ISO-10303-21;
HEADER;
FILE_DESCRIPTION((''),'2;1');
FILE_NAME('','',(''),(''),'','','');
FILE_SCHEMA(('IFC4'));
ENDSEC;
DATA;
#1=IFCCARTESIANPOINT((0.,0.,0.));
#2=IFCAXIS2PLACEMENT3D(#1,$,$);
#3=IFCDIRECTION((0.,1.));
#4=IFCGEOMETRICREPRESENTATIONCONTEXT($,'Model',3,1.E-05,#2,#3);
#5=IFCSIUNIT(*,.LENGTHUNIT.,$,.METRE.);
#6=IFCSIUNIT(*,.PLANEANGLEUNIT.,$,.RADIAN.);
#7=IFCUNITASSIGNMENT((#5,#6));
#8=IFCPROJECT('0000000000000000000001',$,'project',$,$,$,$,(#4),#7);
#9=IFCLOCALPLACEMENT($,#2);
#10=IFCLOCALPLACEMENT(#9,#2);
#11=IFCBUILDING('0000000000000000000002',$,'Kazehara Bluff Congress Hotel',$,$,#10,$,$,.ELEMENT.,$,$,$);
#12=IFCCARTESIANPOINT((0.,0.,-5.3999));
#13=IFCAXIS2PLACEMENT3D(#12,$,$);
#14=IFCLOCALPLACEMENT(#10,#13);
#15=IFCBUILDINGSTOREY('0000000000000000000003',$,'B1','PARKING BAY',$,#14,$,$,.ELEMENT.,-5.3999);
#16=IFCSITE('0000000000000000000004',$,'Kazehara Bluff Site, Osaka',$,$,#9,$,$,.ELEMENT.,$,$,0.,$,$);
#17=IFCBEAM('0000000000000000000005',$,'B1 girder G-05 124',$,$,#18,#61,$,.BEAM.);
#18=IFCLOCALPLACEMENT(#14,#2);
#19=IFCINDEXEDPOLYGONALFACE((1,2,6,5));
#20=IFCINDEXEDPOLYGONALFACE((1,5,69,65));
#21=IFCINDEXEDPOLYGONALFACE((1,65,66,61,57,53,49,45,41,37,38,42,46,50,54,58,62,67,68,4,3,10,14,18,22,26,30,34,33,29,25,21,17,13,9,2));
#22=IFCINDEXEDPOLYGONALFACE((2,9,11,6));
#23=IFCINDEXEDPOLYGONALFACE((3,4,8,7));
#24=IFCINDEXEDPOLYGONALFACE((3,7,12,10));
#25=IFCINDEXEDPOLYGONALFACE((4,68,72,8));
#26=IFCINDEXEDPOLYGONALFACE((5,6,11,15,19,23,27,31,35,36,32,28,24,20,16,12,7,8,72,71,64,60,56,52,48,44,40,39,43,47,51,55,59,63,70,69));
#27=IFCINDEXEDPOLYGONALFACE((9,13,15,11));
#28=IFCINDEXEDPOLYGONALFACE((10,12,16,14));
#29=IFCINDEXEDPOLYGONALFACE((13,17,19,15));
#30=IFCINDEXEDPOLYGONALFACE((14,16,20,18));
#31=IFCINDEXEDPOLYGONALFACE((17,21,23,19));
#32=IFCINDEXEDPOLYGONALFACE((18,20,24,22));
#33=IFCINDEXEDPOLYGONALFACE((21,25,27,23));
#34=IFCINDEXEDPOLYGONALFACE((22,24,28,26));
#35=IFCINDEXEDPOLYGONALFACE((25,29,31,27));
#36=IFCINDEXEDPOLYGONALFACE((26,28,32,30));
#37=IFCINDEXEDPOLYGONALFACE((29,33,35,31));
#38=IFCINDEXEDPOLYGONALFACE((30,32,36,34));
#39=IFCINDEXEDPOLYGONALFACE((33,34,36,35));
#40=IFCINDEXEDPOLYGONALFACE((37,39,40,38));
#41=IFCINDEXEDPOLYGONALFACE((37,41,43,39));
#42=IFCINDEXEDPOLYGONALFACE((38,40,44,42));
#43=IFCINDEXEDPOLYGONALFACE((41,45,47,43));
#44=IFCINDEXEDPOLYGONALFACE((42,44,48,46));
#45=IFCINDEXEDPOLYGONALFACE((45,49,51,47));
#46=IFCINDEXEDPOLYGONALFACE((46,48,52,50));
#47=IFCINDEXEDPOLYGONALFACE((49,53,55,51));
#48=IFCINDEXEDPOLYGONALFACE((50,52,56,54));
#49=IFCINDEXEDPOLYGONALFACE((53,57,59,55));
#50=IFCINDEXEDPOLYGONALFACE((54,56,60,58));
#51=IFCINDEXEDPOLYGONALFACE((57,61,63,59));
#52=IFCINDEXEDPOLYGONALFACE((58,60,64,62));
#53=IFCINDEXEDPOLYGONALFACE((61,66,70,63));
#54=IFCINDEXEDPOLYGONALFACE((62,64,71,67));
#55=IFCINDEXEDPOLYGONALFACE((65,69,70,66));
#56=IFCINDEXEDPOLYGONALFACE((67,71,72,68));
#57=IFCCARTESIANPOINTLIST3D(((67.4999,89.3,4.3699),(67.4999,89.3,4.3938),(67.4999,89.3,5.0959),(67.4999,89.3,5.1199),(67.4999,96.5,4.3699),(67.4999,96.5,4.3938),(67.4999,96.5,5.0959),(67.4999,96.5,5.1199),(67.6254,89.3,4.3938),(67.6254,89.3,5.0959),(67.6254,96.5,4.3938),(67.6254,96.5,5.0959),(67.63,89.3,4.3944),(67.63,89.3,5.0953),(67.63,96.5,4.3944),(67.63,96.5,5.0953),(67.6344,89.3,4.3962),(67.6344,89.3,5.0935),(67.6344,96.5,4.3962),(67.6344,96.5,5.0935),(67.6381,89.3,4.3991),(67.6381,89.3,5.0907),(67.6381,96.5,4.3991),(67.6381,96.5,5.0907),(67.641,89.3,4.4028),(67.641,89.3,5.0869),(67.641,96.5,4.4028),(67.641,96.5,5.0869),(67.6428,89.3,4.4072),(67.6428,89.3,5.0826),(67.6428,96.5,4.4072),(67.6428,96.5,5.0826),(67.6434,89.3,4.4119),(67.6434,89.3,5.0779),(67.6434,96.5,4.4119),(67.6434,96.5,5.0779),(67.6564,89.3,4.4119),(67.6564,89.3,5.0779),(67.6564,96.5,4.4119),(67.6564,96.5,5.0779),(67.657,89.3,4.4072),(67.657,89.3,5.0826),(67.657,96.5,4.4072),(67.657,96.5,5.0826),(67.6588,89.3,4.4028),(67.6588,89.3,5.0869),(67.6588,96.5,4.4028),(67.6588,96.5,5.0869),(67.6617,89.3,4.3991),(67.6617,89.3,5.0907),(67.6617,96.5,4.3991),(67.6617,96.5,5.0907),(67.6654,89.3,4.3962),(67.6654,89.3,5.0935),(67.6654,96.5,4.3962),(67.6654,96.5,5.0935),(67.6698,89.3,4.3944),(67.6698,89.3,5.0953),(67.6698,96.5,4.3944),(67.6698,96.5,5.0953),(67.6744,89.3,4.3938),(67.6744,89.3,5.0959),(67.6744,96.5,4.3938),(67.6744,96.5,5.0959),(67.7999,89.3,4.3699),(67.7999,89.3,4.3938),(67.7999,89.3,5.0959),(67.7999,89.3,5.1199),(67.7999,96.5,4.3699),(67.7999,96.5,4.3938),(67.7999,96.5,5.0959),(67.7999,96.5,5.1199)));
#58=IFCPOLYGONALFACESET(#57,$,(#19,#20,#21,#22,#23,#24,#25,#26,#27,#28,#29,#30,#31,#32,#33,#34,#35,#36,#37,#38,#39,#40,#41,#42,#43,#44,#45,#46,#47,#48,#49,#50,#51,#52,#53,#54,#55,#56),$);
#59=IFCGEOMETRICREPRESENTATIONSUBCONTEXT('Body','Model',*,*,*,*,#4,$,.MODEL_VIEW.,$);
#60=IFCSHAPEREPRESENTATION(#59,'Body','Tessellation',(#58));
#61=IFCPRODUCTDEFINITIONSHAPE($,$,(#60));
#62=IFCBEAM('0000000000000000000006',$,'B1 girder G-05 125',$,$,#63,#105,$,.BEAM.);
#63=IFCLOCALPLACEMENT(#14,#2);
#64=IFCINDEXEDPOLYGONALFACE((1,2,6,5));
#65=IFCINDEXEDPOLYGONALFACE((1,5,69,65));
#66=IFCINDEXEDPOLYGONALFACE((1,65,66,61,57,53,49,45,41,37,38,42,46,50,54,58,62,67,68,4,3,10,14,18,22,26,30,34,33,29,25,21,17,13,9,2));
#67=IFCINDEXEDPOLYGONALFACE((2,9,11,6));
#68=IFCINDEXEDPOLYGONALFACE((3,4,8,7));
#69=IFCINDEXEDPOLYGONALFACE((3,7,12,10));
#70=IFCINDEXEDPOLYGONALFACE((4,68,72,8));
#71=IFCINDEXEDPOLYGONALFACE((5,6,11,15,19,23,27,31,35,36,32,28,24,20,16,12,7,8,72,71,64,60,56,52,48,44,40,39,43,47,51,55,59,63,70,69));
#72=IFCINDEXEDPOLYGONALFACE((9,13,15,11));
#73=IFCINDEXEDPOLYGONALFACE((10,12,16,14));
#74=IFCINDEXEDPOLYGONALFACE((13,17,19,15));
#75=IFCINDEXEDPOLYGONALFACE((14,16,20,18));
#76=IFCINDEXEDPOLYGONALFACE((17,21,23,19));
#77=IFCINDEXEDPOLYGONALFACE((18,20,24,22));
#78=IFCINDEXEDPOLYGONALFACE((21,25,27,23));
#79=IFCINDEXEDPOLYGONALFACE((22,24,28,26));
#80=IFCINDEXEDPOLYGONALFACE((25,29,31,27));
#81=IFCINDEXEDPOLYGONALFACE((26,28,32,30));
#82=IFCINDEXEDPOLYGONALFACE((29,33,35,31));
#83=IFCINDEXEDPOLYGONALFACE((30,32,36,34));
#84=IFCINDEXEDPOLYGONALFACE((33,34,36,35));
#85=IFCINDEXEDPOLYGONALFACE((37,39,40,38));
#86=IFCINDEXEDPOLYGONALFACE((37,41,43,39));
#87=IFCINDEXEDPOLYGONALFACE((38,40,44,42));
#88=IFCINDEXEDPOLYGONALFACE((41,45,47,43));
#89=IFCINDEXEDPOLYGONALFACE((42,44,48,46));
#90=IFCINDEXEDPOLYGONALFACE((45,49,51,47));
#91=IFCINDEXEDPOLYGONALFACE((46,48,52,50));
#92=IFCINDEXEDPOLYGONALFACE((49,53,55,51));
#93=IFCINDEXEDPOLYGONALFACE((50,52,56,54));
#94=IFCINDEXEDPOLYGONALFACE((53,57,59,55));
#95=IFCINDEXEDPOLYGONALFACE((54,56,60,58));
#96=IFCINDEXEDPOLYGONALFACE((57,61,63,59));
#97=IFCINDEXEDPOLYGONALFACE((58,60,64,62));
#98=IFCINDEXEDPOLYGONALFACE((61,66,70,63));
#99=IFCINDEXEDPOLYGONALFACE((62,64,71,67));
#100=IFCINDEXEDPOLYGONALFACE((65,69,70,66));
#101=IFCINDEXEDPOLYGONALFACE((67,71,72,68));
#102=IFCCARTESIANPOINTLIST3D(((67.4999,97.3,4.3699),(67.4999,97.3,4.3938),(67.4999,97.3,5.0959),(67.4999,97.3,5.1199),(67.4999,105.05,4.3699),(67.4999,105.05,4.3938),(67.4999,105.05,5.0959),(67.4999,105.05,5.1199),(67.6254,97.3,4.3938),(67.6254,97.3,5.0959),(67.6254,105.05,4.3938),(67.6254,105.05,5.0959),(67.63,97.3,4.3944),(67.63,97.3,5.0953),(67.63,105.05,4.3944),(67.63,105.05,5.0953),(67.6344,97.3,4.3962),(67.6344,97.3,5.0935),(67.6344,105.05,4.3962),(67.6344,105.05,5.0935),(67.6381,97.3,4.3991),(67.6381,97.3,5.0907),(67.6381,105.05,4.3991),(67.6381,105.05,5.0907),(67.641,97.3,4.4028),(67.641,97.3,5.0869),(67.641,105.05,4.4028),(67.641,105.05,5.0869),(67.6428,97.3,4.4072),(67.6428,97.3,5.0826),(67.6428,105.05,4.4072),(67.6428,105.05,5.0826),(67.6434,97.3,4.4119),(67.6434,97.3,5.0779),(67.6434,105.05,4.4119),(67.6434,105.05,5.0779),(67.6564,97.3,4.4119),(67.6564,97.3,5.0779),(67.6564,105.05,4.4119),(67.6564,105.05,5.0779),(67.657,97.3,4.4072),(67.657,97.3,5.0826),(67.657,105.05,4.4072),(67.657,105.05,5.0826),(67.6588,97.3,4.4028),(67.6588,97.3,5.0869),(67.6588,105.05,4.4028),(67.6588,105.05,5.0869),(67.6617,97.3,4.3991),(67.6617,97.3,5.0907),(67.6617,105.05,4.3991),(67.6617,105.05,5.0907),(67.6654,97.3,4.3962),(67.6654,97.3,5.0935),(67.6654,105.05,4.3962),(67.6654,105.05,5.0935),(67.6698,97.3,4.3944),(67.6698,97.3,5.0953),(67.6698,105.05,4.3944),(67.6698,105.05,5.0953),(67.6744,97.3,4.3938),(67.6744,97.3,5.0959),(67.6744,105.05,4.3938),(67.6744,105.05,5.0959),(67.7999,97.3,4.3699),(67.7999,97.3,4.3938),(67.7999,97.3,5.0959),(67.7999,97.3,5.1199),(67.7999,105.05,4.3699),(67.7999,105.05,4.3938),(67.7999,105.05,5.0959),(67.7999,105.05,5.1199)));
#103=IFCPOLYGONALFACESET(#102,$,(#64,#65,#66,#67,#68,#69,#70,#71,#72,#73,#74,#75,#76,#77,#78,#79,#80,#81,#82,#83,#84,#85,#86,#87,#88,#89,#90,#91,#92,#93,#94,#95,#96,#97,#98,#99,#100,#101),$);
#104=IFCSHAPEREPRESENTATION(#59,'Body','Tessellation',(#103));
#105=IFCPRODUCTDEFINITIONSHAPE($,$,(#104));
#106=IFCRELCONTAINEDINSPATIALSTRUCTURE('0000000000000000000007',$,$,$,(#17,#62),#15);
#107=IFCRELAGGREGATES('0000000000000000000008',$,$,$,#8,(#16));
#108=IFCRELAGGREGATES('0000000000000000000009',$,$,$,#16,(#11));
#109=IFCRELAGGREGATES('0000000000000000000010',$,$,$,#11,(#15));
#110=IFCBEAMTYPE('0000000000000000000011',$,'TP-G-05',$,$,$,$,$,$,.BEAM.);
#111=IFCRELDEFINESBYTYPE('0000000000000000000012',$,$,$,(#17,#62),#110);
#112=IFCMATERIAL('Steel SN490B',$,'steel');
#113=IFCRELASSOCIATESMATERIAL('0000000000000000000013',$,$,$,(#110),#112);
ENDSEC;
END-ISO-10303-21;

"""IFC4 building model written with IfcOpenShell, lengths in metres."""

from ifc_helpers import new_model, si_unit, direction, frame, origin, origin_2d, place, context, subcontext, project, spatial, i_section, extrude, material, material_profile, profile_set, type_object, element, save


model = new_model("IFC4")

# Units and contexts
model_context = context("Model", 3, precision=1e-05, world=origin(), true_north=direction((0.0, 1.0)))
body_context = subcontext(model_context, "Body", "Model", "MODEL_VIEW")
ifc_project = project(units=[si_unit("LENGTHUNIT", "METRE"), si_unit("PLANEANGLEUNIT", "RADIAN")], contexts=[model_context])

# Site, building, storey
site_placement = place(None, origin())
site = spatial("IfcSite", under=ifc_project, at=site_placement, Name="Kazehara Bluff Site, Osaka", CompositionType="ELEMENT", RefElevation=0.0)
building_placement = place(site_placement, origin())
building = spatial("IfcBuilding", under=site, at=building_placement, Name="Kazehara Bluff Congress Hotel", CompositionType="ELEMENT")
storey_placement = place(building_placement, frame((0.0, 0.0, -5.3999)))
storey = spatial("IfcBuildingStorey", under=building, at=storey_placement, Name="B1", Description="PARKING BAY", CompositionType="ELEMENT", Elevation=-5.3999)

# Beams
ifc_material_1 = material(Name="Steel SN490B", Category="steel")
ifc_material_profile_1 = material_profile(ifc_material_1, i_section(OverallWidth=0.3, OverallDepth=0.75, WebThickness=0.0129, FlangeThickness=0.0239, FilletRadius=0.0181, at=origin_2d()))
ifc_profile_set_1 = profile_set([ifc_material_profile_1], Name="Steel SN490B")
beam_type_1 = type_object("IfcBeamType", Name="TP-G-05", PredefinedType="BEAM", material=ifc_profile_set_1)
beam_1_placement = place(storey_placement, frame((67.6499, 89.3, 4.7449), z_axis=(0.0, 1.0, 0.0), x_axis=(-1.0, 0.0, 0.0)))
element("IfcBeam", 1, at=beam_1_placement, inside=storey, type_object=beam_type_1, Name="B1 girder G-05 124", PredefinedType="BEAM", context=body_context, shape_type="SweptSolid", body=[
    extrude(i_section(OverallWidth=0.3, OverallDepth=0.75, WebThickness=0.0129, FlangeThickness=0.0239, FilletRadius=0.0181, at=origin_2d()), origin(), (0.0, 0.0, 1.0), 7.2),
])
beam_2_placement = place(storey_placement, frame((67.6499, 97.3, 4.7449), z_axis=(0.0, 1.0, 0.0), x_axis=(-1.0, 0.0, 0.0)))
element("IfcBeam", 2, at=beam_2_placement, inside=storey, type_object=beam_type_1, Name="B1 girder G-05 125", PredefinedType="BEAM", context=body_context, shape_type="SweptSolid", body=[
    extrude(i_section(OverallWidth=0.3, OverallDepth=0.75, WebThickness=0.0129, FlangeThickness=0.0239, FilletRadius=0.0181, at=origin_2d()), origin(), (0.0, 0.0, 1.0), 7.75),
])

save(model, "model.ifc")
